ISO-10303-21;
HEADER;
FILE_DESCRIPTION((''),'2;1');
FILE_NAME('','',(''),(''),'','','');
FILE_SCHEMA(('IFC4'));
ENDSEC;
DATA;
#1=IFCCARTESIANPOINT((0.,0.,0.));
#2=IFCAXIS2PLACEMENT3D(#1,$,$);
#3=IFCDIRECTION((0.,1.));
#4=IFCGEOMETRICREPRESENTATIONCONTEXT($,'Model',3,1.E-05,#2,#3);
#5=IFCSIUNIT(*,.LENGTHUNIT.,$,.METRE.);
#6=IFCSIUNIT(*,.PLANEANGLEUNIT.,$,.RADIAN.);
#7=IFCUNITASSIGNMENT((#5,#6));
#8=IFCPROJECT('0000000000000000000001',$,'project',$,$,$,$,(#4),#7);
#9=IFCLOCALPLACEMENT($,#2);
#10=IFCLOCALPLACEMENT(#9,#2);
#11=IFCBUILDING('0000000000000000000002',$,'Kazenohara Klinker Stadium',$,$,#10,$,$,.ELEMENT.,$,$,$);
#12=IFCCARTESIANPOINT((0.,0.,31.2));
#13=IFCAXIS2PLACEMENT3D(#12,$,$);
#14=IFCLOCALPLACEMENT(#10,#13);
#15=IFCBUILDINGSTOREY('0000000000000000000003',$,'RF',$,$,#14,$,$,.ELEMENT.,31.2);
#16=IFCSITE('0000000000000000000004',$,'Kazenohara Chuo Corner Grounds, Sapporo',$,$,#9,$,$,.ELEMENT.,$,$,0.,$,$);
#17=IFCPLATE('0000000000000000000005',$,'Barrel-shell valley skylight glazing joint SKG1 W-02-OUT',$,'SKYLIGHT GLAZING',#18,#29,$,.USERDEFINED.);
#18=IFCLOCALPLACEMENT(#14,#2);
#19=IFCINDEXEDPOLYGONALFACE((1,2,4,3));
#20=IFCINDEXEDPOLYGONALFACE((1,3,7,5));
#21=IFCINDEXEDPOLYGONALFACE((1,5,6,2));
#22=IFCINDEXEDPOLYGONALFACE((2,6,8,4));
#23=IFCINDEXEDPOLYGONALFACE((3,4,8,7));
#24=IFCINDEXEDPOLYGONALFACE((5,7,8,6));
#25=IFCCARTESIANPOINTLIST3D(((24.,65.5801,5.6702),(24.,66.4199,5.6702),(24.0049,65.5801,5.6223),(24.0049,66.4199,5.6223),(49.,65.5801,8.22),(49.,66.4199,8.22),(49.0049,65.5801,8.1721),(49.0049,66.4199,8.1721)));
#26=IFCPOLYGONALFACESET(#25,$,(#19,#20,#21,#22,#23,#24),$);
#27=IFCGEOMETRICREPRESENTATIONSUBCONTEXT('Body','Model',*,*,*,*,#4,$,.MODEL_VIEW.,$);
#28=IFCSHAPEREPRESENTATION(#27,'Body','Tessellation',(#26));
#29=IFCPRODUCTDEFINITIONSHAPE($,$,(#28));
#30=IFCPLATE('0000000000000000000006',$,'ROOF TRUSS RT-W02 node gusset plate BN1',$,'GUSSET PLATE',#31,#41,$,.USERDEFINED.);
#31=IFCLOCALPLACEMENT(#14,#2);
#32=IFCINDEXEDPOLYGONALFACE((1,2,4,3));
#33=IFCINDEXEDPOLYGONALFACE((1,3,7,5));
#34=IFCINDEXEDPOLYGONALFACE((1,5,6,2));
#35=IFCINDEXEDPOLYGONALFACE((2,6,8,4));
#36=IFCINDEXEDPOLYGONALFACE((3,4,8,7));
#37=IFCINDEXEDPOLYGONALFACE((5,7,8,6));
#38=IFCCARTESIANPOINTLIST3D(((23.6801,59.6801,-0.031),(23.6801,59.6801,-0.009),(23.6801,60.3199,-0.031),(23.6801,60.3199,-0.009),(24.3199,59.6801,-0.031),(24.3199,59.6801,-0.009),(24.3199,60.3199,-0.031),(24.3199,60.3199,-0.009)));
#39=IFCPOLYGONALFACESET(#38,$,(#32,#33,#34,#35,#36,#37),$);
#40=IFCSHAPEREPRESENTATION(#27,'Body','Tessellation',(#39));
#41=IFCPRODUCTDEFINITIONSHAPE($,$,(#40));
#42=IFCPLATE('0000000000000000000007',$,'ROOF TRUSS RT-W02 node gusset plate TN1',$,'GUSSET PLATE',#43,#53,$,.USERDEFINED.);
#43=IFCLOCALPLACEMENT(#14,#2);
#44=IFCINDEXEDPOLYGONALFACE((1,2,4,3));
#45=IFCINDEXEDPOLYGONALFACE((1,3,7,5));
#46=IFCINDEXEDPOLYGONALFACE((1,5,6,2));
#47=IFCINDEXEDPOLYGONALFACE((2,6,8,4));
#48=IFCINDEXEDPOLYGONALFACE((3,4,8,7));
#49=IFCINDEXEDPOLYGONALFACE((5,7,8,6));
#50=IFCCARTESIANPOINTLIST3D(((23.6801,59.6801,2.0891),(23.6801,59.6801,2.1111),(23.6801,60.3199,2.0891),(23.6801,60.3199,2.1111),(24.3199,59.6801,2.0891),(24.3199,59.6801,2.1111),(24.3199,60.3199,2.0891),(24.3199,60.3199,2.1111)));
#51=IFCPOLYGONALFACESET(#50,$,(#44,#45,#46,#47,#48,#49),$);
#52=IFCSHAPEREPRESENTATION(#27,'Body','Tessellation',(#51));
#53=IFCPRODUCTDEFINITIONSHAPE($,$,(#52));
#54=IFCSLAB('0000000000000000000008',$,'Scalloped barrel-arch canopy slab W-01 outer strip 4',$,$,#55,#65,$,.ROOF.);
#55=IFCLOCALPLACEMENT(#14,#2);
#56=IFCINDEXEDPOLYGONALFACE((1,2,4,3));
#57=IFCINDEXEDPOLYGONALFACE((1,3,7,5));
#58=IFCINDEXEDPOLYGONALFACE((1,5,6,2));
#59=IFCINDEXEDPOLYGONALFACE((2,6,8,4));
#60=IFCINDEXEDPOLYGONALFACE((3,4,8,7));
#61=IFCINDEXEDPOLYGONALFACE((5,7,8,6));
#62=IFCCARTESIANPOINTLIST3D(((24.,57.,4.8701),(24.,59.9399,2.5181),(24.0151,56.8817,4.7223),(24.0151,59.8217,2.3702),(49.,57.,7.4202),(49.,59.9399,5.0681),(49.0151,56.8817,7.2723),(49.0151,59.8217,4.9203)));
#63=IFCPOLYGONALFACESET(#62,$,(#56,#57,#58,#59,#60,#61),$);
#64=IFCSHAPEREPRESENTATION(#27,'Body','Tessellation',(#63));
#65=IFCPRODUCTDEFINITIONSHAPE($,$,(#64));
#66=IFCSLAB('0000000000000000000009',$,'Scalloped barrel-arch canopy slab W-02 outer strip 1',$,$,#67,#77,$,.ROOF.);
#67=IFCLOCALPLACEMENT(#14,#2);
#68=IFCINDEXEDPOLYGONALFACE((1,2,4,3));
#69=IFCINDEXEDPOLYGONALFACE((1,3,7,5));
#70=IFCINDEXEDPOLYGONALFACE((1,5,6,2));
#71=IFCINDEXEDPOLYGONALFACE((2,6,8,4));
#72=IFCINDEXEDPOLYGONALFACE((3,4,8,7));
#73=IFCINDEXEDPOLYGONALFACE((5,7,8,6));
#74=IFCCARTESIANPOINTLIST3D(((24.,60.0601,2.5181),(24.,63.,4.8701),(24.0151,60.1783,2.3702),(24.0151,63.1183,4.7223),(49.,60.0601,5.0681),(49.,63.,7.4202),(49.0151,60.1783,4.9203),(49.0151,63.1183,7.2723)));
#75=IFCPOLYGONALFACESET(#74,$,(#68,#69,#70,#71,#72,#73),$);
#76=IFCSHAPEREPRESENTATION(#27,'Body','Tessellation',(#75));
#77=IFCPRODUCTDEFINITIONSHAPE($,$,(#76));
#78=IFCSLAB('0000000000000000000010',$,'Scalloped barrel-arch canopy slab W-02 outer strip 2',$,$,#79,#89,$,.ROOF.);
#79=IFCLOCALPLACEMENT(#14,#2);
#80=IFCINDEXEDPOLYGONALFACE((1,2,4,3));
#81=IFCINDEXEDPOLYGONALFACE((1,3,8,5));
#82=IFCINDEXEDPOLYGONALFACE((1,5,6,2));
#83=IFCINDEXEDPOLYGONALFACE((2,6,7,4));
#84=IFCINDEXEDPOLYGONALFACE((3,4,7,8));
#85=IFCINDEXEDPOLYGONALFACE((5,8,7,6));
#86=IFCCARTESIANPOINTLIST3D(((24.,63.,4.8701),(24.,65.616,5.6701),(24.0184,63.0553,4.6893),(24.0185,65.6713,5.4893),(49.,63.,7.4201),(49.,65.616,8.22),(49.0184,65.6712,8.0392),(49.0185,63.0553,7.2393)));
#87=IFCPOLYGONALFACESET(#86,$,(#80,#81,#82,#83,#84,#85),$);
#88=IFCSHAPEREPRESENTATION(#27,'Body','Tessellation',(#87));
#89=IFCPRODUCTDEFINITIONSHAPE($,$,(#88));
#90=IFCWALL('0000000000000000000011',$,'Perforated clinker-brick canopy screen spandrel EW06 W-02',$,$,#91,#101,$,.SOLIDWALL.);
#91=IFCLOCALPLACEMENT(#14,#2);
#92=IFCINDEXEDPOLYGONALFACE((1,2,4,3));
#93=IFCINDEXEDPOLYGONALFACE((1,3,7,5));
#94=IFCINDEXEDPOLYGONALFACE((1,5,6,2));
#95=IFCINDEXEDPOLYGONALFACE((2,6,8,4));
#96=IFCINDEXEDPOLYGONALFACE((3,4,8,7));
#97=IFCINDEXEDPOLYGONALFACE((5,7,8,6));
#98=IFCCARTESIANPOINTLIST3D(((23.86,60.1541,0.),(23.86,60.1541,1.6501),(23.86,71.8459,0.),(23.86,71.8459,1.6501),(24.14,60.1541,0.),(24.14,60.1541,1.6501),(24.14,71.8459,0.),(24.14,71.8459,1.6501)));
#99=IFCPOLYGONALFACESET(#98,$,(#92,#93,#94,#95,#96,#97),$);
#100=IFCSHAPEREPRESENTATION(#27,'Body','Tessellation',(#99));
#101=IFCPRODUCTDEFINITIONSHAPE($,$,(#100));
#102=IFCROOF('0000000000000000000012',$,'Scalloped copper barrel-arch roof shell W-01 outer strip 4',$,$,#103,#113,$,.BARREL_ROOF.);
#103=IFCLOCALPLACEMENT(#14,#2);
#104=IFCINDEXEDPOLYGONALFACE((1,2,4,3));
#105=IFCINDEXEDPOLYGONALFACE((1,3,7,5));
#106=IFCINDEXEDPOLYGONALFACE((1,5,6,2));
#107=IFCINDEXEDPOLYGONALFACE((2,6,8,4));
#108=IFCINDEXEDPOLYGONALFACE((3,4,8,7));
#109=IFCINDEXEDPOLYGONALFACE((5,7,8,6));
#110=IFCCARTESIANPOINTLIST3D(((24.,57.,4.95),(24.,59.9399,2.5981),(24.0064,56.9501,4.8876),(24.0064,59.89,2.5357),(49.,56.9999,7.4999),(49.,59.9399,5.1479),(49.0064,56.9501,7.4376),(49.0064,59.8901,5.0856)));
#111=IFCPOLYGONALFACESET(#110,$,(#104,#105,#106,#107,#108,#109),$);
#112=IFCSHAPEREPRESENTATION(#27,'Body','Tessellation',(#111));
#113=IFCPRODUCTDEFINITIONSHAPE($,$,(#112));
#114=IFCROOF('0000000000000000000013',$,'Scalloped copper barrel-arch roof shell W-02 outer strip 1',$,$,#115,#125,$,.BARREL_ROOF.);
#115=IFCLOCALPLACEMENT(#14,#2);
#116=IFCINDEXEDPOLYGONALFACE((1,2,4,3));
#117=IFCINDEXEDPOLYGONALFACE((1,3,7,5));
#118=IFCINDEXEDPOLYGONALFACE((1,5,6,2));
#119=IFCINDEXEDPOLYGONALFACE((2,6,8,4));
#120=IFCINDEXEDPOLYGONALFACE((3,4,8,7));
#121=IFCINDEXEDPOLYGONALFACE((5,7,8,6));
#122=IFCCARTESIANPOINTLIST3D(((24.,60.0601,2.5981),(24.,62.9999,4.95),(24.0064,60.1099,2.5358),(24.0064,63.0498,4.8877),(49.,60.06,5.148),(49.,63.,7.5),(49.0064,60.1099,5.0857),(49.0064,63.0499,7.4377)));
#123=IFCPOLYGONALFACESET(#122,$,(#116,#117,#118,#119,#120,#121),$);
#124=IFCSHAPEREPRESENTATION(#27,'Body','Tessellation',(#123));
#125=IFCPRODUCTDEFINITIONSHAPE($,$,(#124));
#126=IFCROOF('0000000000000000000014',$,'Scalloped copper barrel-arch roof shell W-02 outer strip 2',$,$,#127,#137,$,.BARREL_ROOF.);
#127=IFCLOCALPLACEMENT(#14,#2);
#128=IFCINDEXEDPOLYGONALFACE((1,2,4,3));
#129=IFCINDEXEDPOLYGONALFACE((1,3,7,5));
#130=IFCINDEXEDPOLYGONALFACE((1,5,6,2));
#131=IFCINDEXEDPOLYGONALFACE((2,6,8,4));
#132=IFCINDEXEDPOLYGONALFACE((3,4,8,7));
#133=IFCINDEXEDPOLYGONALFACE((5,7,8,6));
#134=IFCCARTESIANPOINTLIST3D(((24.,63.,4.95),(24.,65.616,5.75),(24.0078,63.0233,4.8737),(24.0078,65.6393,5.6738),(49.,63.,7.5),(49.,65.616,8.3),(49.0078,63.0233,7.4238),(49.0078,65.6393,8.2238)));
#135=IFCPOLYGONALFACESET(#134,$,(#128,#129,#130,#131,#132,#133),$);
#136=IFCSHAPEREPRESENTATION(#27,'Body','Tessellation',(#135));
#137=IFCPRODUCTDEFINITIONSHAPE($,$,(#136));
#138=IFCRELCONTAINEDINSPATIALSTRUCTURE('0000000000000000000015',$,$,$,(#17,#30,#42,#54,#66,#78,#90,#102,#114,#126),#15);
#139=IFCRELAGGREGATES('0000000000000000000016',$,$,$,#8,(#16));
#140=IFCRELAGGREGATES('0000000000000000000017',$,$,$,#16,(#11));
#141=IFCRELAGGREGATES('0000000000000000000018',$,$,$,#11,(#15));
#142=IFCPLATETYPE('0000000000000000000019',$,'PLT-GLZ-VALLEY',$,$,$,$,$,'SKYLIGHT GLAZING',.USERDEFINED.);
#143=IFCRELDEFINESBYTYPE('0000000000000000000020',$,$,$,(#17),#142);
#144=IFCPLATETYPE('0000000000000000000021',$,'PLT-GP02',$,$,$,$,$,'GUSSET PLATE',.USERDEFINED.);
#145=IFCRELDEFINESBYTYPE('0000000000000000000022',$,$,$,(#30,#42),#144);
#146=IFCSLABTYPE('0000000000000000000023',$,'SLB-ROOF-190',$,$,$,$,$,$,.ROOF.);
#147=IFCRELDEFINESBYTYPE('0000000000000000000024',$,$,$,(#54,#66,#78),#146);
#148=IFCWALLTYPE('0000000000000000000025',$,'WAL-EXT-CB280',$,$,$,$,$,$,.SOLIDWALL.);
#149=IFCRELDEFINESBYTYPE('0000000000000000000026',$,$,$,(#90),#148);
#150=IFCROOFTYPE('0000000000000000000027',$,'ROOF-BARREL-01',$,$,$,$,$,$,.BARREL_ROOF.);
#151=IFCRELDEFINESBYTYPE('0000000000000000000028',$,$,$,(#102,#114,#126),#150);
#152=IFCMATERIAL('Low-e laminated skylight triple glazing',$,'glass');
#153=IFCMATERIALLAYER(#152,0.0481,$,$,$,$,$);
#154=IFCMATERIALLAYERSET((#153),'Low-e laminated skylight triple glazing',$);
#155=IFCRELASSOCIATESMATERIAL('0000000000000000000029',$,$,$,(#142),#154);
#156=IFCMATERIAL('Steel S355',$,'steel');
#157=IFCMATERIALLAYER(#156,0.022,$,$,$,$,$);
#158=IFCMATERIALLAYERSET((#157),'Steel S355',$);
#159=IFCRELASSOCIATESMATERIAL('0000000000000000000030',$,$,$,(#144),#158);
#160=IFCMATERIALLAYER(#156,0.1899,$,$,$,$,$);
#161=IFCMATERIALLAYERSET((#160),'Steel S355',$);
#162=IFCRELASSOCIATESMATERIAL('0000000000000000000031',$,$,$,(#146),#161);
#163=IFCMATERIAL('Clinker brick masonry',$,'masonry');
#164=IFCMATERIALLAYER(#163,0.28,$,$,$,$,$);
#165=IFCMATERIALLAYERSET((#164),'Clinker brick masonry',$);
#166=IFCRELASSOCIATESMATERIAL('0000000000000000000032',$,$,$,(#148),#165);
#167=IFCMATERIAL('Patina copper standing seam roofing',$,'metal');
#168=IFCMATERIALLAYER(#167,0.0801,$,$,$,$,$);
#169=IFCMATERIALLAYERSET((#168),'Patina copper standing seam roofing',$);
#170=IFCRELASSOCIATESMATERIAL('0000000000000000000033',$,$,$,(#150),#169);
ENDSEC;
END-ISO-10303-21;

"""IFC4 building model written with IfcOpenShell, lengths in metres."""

from ifc_helpers import new_model, si_unit, direction, frame, frame_2d, origin, origin_2d, place, context, subcontext, project, spatial, polyline, rectangle, outline, extrude, material, layer, layer_set, type_object, element, save


model = new_model("IFC4")

# Units and contexts
model_context = context("Model", 3, precision=1e-05, world=origin(), true_north=direction((0.0, 1.0)))
body_context = subcontext(model_context, "Body", "Model", "MODEL_VIEW")
ifc_project = project(units=[si_unit("LENGTHUNIT", "METRE"), si_unit("PLANEANGLEUNIT", "RADIAN")], contexts=[model_context])

# Site, building, storey
site_placement = place(None, origin())
site = spatial("IfcSite", under=ifc_project, at=site_placement, Name="Kazenohara Chuo Corner Grounds, Sapporo", CompositionType="ELEMENT", RefElevation=0.0)
building_placement = place(site_placement, origin())
building = spatial("IfcBuilding", under=site, at=building_placement, Name="Kazenohara Klinker Stadium", CompositionType="ELEMENT")
storey_placement = place(building_placement, frame((0.0, 0.0, 31.2)))
storey = spatial("IfcBuildingStorey", under=building, at=storey_placement, Name="RF", CompositionType="ELEMENT", Elevation=31.2)

# Shared definitions
ifc_material_1 = material(Name="Steel S355", Category="steel")

# Plates
ifc_material_2 = material(Name="Low-e laminated skylight triple glazing", Category="glass")
ifc_layer_1 = layer(ifc_material_2, 0.0481)
ifc_layer_set_1 = layer_set([ifc_layer_1], Name="Low-e laminated skylight triple glazing")
plate_type_1 = type_object("IfcPlateType", Name="PLT-GLZ-VALLEY", ElementType="SKYLIGHT GLAZING", PredefinedType="USERDEFINED", material=ifc_layer_set_1)
plate_1_placement = place(storey_placement, frame((24.0, 65.5801, 5.6702), z_axis=(-0.101466, 0.0, 0.994839), x_axis=(0.994839, 0.0, 0.101466)))
element("IfcPlate", 1, at=plate_1_placement, inside=storey, type_object=plate_type_1, Name="Barrel-shell valley skylight glazing joint SKG1 W-02-OUT", ObjectType="SKYLIGHT GLAZING", PredefinedType="USERDEFINED", context=body_context, shape_type="SweptSolid", body=[
    extrude(outline(polyline([(0.0, 0.0), (25.1297, 0.0), (25.1297, 0.8398), (0.0, 0.8398), (0.0, 0.0)])), origin(), (0.0, 0.0, -1.0), 0.0481),
])
ifc_layer_2 = layer(ifc_material_1, 0.022)
ifc_layer_set_2 = layer_set([ifc_layer_2], Name="Steel S355")
plate_type_2 = type_object("IfcPlateType", Name="PLT-GP02", ElementType="GUSSET PLATE", PredefinedType="USERDEFINED", material=ifc_layer_set_2)
for number, where, z_axis, x_axis, name in (
    (2, (24.0, 60.0, -0.031), (0.0, 0.0, 1.0), (1.0, 0.0, 0.0), "ROOF TRUSS RT-W02 node gusset plate BN1"),
    (3, (24.0, 60.0, 2.0891), (0.0, 0.0, 1.0), (1.0, 0.0, 0.0), "ROOF TRUSS RT-W02 node gusset plate TN1"),
):
    element("IfcPlate", number, at=place(storey_placement, frame(where, z_axis=z_axis, x_axis=x_axis)), inside=storey, type_object=plate_type_2, Name=name, ObjectType="GUSSET PLATE", PredefinedType="USERDEFINED", context=body_context, shape_type="SweptSolid", body=[
        extrude(rectangle(XDim=0.6399, YDim=0.6399, at=origin_2d()), origin(), (0.0, 0.0, 1.0), 0.022),
    ])

# Slabs
ifc_layer_3 = layer(ifc_material_1, 0.1899)
ifc_layer_set_3 = layer_set([ifc_layer_3], Name="Steel S355")
slab_type = type_object("IfcSlabType", Name="SLB-ROOF-190", PredefinedType="ROOF", material=ifc_layer_set_3)
slab_1_placement = place(storey_placement, frame((24.0, 57.0, 4.8701), z_axis=(-0.079397, 0.622739, 0.778391), x_axis=(0.994838, 0.0, 0.101475)))
element("IfcSlab", 4, at=slab_1_placement, inside=storey, type_object=slab_type, Name="Scalloped barrel-arch canopy slab W-01 outer strip 4", PredefinedType="ROOF", context=body_context, shape_type="SweptSolid", body=[
    extrude(outline(polyline([(0.0, 0.0), (25.1297, 0.0), (24.891, 3.7575), (-0.2387, 3.7575), (0.0, 0.0)])), origin(), (0.0, 0.0, -1.0), 0.1899),
])
slab_2_placement = place(storey_placement, frame((24.0, 60.0601, 2.5181), z_axis=(-0.079397, -0.622739, 0.778391), x_axis=(0.994838, 0.0, 0.101475)))
element("IfcSlab", 5, at=slab_2_placement, inside=storey, type_object=slab_type, Name="Scalloped barrel-arch canopy slab W-02 outer strip 1", PredefinedType="ROOF", context=body_context, shape_type="SweptSolid", body=[
    extrude(outline(polyline([(0.0, 0.0), (25.1297, 0.0), (25.3684, 3.7575), (0.2387, 3.7575), (0.0, 0.0)])), origin(), (0.0, 0.0, -1.0), 0.1899),
])
slab_3_placement = place(storey_placement, frame((24.0, 63.0, 4.8701), z_axis=(-0.097078, -0.291039, 0.951773), x_axis=(0.994838, 0.000001, 0.101471)))
element("IfcSlab", 6, at=slab_3_placement, inside=storey, type_object=slab_type, Name="Scalloped barrel-arch canopy slab W-02 outer strip 2", PredefinedType="ROOF", context=body_context, shape_type="SweptSolid", body=[
    extrude(outline(polyline([(0.0, 0.0), (25.1297, 0.0), (25.2109, 2.7343), (0.0812, 2.7344), (0.0, 0.0)])), origin(), (0.0, 0.0, -1.0), 0.1899),
])

# Wall
ifc_material_3 = material(Name="Clinker brick masonry", Category="masonry")
ifc_layer_4 = layer(ifc_material_3, 0.28)
ifc_layer_set_4 = layer_set([ifc_layer_4], Name="Clinker brick masonry")
wall_type = type_object("IfcWallType", Name="WAL-EXT-CB280", PredefinedType="SOLIDWALL", material=ifc_layer_set_4)
wall_placement = place(storey_placement, frame((24.0, 60.1541, 0.0), z_axis=(0.0, 0.0, 1.0), x_axis=(0.0, 1.0, 0.0)))
element("IfcWall", 7, at=wall_placement, inside=storey, type_object=wall_type, Name="Perforated clinker-brick canopy screen spandrel EW06 W-02", PredefinedType="SOLIDWALL", context=body_context, shape_type="SweptSolid", body=[
    extrude(rectangle(XDim=11.6919, YDim=0.28, at=frame_2d((5.8459, 0.0))), origin(), (0.0, 0.0, 1.0), 1.6501),
])

# Roofs
ifc_material_4 = material(Name="Patina copper standing seam roofing", Category="metal")
ifc_layer_5 = layer(ifc_material_4, 0.0801)
ifc_layer_set_5 = layer_set([ifc_layer_5], Name="Patina copper standing seam roofing")
roof_type = type_object("IfcRoofType", Name="ROOF-BARREL-01", PredefinedType="BARREL_ROOF", material=ifc_layer_set_5)
roof_1_placement = place(storey_placement, frame((24.0, 57.0, 4.95), z_axis=(-0.079395, 0.622719, 0.778407), x_axis=(0.994838, -0.000002, 0.101472)))
element("IfcRoof", 8, at=roof_1_placement, inside=storey, type_object=roof_type, Name="Scalloped copper barrel-arch roof shell W-01 outer strip 4", PredefinedType="BARREL_ROOF", context=body_context, shape_type="SweptSolid", body=[
    extrude(outline(polyline([(0.0, 0.0), (25.1297, 0.0), (24.891, 3.7575), (-0.2387, 3.7573), (0.0, 0.0)])), origin(), (0.0, 0.0, -1.0), 0.0801),
])
roof_2_placement = place(storey_placement, frame((24.0, 60.0601, 2.5981), z_axis=(-0.079395, -0.622719, 0.778407), x_axis=(0.994839, -0.000002, 0.101469)))
element("IfcRoof", 9, at=roof_2_placement, inside=storey, type_object=roof_type, Name="Scalloped copper barrel-arch roof shell W-02 outer strip 1", PredefinedType="BARREL_ROOF", context=body_context, shape_type="SweptSolid", body=[
    extrude(outline(polyline([(0.0, 0.0), (25.1297, 0.0), (25.3683, 3.7575), (0.2386, 3.7573), (0.0, 0.0)])), origin(), (0.0, 0.0, -1.0), 0.0801),
])
roof_3_placement = place(storey_placement, frame((24.0, 63.0, 4.95), z_axis=(-0.097081, -0.29108, 0.95176), x_axis=(0.994838, 0.0, 0.101475)))
element("IfcRoof", 10, at=roof_3_placement, inside=storey, type_object=roof_type, Name="Scalloped copper barrel-arch roof shell W-02 outer strip 2", PredefinedType="BARREL_ROOF", context=body_context, shape_type="SweptSolid", body=[
    extrude(outline(polyline([(0.0, 0.0), (25.1297, 0.0), (25.2109, 2.7344), (0.0812, 2.7344), (0.0, 0.0)])), origin(), (0.0, 0.0, -1.0), 0.0801),
])

save(model, "model.ifc")
